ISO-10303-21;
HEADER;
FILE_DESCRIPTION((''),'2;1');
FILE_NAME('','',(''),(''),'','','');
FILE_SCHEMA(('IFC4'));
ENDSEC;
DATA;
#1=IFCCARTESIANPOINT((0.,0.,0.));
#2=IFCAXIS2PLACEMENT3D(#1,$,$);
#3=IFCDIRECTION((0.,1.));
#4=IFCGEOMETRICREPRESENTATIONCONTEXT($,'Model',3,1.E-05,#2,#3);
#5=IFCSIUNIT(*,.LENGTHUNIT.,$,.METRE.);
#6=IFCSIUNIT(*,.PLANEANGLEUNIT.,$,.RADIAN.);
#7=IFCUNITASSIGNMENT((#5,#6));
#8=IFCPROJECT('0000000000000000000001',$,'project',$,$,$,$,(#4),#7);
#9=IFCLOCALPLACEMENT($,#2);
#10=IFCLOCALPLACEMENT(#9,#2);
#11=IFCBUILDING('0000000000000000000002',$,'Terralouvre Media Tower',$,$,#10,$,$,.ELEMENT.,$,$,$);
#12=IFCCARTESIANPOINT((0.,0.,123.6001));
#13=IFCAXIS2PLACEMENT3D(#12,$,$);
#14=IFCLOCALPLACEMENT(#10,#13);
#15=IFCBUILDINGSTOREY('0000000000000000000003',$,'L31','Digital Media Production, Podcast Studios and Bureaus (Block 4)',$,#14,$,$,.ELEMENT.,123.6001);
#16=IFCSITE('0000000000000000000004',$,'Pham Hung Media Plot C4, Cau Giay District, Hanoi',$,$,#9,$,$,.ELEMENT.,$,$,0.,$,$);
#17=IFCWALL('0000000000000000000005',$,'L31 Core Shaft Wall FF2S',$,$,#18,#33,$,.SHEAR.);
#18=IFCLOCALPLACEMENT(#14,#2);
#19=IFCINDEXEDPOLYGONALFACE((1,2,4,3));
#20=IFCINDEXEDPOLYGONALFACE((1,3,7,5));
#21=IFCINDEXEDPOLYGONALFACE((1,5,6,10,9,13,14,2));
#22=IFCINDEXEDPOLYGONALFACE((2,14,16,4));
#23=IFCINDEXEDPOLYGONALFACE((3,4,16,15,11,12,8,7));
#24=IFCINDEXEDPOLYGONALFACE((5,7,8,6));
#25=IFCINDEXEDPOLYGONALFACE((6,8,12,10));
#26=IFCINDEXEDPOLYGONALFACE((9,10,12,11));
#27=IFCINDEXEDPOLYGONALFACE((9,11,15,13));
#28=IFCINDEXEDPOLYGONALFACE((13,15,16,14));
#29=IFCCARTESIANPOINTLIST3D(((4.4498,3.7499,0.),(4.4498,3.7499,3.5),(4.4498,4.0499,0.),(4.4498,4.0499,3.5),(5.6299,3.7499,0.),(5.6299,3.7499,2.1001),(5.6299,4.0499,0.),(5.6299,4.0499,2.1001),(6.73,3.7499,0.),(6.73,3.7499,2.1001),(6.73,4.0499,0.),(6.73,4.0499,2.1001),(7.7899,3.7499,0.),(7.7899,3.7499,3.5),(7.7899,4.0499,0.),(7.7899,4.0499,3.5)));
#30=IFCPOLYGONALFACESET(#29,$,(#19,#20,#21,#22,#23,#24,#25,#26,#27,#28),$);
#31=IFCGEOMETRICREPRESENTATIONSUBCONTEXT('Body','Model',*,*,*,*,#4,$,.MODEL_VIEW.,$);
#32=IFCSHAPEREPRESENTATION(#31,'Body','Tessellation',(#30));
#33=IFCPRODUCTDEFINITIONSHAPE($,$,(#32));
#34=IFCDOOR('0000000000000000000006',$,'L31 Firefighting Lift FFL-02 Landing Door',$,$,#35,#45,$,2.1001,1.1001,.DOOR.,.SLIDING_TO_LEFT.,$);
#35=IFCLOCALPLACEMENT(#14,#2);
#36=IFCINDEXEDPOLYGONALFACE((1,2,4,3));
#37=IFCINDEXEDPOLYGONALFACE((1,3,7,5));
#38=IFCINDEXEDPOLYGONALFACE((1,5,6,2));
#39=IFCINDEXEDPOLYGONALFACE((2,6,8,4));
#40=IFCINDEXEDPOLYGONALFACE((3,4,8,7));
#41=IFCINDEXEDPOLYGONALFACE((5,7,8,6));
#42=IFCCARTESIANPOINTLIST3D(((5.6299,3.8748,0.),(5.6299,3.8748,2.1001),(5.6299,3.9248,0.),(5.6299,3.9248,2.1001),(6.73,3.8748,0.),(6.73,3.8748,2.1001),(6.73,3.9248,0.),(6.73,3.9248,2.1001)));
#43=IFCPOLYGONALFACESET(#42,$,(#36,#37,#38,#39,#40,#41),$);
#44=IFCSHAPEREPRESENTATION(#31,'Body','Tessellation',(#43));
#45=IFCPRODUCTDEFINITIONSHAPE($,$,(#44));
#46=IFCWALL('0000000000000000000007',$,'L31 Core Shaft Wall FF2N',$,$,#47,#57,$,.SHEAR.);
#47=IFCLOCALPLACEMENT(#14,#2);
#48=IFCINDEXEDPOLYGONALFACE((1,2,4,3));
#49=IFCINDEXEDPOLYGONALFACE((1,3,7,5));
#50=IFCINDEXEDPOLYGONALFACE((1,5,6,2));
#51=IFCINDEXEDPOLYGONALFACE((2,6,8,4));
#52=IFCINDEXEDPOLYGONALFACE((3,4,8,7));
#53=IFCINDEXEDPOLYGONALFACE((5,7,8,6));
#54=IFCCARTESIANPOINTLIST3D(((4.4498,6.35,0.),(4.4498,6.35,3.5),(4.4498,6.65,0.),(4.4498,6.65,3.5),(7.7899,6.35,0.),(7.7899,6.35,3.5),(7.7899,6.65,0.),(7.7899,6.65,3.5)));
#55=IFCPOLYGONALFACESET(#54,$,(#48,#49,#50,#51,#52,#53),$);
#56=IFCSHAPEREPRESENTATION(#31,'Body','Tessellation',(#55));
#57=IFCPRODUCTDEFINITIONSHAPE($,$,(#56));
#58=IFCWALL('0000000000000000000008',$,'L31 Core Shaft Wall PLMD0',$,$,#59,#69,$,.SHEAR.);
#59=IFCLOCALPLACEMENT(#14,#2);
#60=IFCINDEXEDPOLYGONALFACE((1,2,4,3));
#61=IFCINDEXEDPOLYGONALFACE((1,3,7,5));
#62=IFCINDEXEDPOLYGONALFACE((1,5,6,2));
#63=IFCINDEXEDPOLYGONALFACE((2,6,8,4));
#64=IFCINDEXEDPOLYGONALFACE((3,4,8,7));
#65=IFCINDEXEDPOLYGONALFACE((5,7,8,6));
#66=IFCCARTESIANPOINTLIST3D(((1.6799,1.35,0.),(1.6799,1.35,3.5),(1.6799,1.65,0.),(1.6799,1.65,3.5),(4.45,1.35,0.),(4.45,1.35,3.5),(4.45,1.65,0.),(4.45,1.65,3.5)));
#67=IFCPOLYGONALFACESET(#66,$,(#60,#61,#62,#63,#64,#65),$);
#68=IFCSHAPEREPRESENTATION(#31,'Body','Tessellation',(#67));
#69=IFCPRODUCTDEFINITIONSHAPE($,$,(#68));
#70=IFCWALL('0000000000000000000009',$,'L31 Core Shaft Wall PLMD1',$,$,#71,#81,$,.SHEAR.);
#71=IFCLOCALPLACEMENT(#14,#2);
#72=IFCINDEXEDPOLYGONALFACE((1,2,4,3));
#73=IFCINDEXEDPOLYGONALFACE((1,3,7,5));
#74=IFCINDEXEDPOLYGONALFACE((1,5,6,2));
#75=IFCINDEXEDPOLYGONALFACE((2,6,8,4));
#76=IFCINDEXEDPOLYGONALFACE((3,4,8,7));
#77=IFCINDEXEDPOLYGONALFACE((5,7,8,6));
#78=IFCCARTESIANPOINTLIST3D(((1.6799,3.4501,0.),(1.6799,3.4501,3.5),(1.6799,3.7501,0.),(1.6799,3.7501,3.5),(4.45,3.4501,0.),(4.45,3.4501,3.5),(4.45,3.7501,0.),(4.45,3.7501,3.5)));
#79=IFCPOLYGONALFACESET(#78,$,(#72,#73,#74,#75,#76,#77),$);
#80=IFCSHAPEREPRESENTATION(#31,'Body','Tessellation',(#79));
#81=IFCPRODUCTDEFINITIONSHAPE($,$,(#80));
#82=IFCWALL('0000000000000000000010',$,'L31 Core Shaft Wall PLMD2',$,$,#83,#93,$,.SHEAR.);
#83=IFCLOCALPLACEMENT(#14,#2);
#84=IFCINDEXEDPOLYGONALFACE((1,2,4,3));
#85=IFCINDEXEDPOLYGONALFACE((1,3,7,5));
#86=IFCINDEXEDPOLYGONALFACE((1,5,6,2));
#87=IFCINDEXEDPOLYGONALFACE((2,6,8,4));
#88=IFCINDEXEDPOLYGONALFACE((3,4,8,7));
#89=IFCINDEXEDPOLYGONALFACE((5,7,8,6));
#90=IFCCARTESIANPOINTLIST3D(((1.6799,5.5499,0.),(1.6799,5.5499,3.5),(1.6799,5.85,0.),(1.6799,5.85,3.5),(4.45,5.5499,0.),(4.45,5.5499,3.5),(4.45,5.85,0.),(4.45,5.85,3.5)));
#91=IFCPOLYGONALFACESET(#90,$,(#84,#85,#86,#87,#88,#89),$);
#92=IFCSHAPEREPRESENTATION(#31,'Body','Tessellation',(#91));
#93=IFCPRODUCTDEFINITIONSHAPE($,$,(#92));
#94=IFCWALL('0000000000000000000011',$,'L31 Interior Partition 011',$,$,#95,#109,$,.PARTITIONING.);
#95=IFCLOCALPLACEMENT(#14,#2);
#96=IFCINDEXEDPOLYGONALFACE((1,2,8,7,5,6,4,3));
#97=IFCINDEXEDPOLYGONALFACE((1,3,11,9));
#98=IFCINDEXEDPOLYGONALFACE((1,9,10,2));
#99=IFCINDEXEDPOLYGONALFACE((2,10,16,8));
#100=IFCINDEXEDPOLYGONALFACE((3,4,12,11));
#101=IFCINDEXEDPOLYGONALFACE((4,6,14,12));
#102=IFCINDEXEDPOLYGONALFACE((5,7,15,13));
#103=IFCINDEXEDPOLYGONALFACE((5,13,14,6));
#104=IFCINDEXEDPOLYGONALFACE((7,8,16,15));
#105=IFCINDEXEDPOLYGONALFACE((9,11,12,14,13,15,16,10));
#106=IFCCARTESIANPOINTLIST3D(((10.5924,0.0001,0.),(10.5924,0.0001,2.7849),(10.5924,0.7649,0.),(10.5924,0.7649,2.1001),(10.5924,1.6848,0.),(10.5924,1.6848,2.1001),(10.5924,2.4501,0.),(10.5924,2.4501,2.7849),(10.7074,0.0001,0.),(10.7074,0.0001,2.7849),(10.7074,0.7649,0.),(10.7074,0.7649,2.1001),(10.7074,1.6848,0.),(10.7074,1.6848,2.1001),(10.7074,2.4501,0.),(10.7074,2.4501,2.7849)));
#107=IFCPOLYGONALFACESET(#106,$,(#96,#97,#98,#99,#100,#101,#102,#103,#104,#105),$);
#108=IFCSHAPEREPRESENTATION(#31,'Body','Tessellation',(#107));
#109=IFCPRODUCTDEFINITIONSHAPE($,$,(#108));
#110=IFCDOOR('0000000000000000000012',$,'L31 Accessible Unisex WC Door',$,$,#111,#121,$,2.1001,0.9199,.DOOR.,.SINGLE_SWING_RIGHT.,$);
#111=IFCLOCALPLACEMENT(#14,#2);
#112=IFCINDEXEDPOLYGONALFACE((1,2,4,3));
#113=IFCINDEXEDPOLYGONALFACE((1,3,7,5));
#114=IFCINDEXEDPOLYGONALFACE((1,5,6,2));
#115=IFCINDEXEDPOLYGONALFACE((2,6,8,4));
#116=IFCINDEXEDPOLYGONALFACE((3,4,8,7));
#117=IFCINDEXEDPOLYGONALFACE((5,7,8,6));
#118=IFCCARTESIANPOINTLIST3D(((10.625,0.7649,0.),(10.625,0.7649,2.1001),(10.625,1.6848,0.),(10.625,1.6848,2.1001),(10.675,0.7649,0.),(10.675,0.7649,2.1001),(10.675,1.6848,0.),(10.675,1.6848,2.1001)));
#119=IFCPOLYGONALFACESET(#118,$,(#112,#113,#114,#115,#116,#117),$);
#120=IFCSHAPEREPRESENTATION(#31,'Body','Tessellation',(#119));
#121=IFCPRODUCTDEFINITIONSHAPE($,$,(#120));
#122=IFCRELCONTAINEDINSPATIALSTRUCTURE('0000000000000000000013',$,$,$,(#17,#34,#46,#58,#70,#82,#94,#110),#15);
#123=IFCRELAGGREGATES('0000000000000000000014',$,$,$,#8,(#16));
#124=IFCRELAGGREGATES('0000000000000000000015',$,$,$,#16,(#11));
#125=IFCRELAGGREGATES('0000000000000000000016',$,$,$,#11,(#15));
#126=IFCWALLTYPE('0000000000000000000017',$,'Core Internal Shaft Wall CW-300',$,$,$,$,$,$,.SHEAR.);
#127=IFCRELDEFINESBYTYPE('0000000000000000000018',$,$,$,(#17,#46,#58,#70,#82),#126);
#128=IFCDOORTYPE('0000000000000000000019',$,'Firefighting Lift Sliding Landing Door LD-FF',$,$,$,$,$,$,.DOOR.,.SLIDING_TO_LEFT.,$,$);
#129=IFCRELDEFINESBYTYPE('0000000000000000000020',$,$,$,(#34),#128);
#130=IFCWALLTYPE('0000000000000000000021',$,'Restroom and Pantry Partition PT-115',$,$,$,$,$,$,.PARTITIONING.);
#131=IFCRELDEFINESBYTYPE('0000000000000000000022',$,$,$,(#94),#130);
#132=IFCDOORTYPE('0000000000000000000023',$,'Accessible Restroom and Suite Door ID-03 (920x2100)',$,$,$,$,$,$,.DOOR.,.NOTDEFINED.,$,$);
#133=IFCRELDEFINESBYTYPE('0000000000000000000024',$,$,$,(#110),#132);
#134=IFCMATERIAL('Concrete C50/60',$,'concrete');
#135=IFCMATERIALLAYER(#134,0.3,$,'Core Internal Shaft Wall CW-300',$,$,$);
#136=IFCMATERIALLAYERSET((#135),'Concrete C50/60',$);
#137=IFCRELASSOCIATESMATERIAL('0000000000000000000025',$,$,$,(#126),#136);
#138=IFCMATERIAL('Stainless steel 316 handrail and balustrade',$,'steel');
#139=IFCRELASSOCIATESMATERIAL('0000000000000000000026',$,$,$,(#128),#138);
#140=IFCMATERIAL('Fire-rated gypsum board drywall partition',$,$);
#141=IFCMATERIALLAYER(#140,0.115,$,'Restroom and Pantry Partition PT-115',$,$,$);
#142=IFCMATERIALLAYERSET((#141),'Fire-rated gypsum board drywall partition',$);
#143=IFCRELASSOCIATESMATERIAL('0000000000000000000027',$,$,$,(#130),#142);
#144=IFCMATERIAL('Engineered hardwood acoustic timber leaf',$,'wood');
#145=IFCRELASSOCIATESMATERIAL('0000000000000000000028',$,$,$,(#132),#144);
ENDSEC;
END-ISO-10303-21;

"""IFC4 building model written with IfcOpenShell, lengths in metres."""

from ifc_helpers import new_model, si_unit, direction, frame, frame_2d, origin, place, context, subcontext, project, spatial, rectangle, extrude, material, layer, layer_set, type_object, element, fill, save


model = new_model("IFC4")

# Units and contexts
model_context = context("Model", 3, precision=1e-05, world=origin(), true_north=direction((0.0, 1.0)))
body_context = subcontext(model_context, "Body", "Model", "MODEL_VIEW")
ifc_project = project(units=[si_unit("LENGTHUNIT", "METRE"), si_unit("PLANEANGLEUNIT", "RADIAN")], contexts=[model_context])

# Site, building, storey
site_placement = place(None, origin())
site = spatial("IfcSite", under=ifc_project, at=site_placement, Name="Pham Hung Media Plot C4, Cau Giay District, Hanoi", CompositionType="ELEMENT", RefElevation=0.0)
building_placement = place(site_placement, origin())
building = spatial("IfcBuilding", under=site, at=building_placement, Name="Terralouvre Media Tower", CompositionType="ELEMENT")
storey_placement = place(building_placement, frame((0.0, 0.0, 123.6001)))
storey = spatial("IfcBuildingStorey", under=building, at=storey_placement, Name="L31", Description="Digital Media Production, Podcast Studios and Bureaus (Block 4)", CompositionType="ELEMENT", Elevation=123.6001)

# Wall, opening, door
ifc_material_1 = material(Name="Concrete C50/60", Category="concrete")
ifc_layer_1 = layer(ifc_material_1, 0.3, Name="Core Internal Shaft Wall CW-300")
ifc_layer_set_1 = layer_set([ifc_layer_1], Name="Concrete C50/60")
wall_type_1 = type_object("IfcWallType", Name="Core Internal Shaft Wall CW-300", PredefinedType="SHEAR", material=ifc_layer_set_1)
wall_1_placement = place(storey_placement, frame((4.45, 3.8999, 0.0), z_axis=(0.0, 0.0, 1.0), x_axis=(1.0, 0.0, 0.0)))
wall_1 = element("IfcWall", 1, at=wall_1_placement, inside=storey, type_object=wall_type_1, Name="L31 Core Shaft Wall FF2S", PredefinedType="SHEAR", context=body_context, shape_type="SweptSolid", body=[
    extrude(rectangle(XDim=3.3401, YDim=0.3, at=frame_2d((1.6699, 0.0))), origin(), (0.0, 0.0, 1.0), 3.5),
])
opening_1_placement = place(wall_1_placement, frame((1.1799, 0.0, 0.0)))
opening_1 = element("IfcOpeningElement", 2, at=opening_1_placement, cuts=wall_1, PredefinedType="OPENING", context=body_context, shape_type="SweptSolid", body=[
    extrude(rectangle(XDim=1.1001, YDim=2.1001, at=frame_2d((0.55, 1.05))), frame((0.0, 0.1599, 0.0), z_axis=(0.0, -1.0, 0.0), x_axis=(1.0, 0.0, 0.0)), (0.0, 0.0, 1.0), 0.3201),
])
ifc_material_2 = material(Name="Stainless steel 316 handrail and balustrade", Category="steel")
door_type_1 = type_object("IfcDoorType", Name="Firefighting Lift Sliding Landing Door LD-FF", OperationType="SLIDING_TO_LEFT", PredefinedType="DOOR", material=ifc_material_2)
door_1_placement = place(opening_1_placement, origin())
door_1 = element("IfcDoor", 3, at=door_1_placement, inside=storey, type_object=door_type_1, Name="L31 Firefighting Lift FFL-02 Landing Door", OperationType="SLIDING_TO_LEFT", OverallHeight=2.1001, OverallWidth=1.1001, PredefinedType="DOOR", context=body_context, shape_type="SweptSolid", body=[
    extrude(rectangle(XDim=1.1001, YDim=2.1001, at=frame_2d((0.55, 1.05))), frame((0.0, 0.0249, 0.0), z_axis=(0.0, -1.0, 0.0), x_axis=(1.0, 0.0, 0.0)), (0.0, 0.0, 1.0), 0.05),
])
fill(opening_1, door_1)

# Walls
wall_2_placement = place(storey_placement, frame((4.45, 6.5, 0.0), z_axis=(0.0, 0.0, 1.0), x_axis=(1.0, 0.0, 0.0)))
element("IfcWall", 4, at=wall_2_placement, inside=storey, type_object=wall_type_1, Name="L31 Core Shaft Wall FF2N", PredefinedType="SHEAR", context=body_context, shape_type="SweptSolid", body=[
    extrude(rectangle(XDim=3.3401, YDim=0.3, at=frame_2d((1.6699, 0.0))), origin(), (0.0, 0.0, 1.0), 3.5),
])
for number, where, z_axis, x_axis, name in (
    (5, (1.6799, 1.5, 0.0), (0.0, 0.0, 1.0), (1.0, 0.0, 0.0), "L31 Core Shaft Wall PLMD0"),
    (6, (1.6799, 3.6001, 0.0), (0.0, 0.0, 1.0), (1.0, 0.0, 0.0), "L31 Core Shaft Wall PLMD1"),
    (7, (1.6799, 5.7, 0.0), (0.0, 0.0, 1.0), (1.0, 0.0, 0.0), "L31 Core Shaft Wall PLMD2"),
):
    element("IfcWall", number, at=place(storey_placement, frame(where, z_axis=z_axis, x_axis=x_axis)), inside=storey, type_object=wall_type_1, Name=name, PredefinedType="SHEAR", context=body_context, shape_type="SweptSolid", body=[
        extrude(rectangle(XDim=2.77, YDim=0.3, at=frame_2d((1.385, 0.0))), origin(), (0.0, 0.0, 1.0), 3.5),
    ])

# Wall, opening, door
ifc_material_3 = material(Name="Fire-rated gypsum board drywall partition")
ifc_layer_2 = layer(ifc_material_3, 0.115, Name="Restroom and Pantry Partition PT-115")
ifc_layer_set_2 = layer_set([ifc_layer_2], Name="Fire-rated gypsum board drywall partition")
wall_type_2 = type_object("IfcWallType", Name="Restroom and Pantry Partition PT-115", PredefinedType="PARTITIONING", material=ifc_layer_set_2)
wall_3_placement = place(storey_placement, frame((10.6499, 0.0, 0.0), z_axis=(0.0, 0.0, 1.0), x_axis=(0.0, 1.0, 0.0)))
wall_3 = element("IfcWall", 8, at=wall_3_placement, inside=storey, type_object=wall_type_2, Name="L31 Interior Partition 011", PredefinedType="PARTITIONING", context=body_context, shape_type="SweptSolid", body=[
    extrude(rectangle(XDim=2.45, YDim=0.115, at=frame_2d((1.2251, 0.0))), origin(), (0.0, 0.0, 1.0), 2.7849),
])
opening_2_placement = place(wall_3_placement, frame((0.7649, 0.0, 0.0)))
opening_2 = element("IfcOpeningElement", 9, at=opening_2_placement, cuts=wall_3, PredefinedType="OPENING", context=body_context, shape_type="SweptSolid", body=[
    extrude(rectangle(XDim=0.9199, YDim=2.1001, at=frame_2d((0.46, 1.05))), frame((0.0, 0.0674, 0.0), z_axis=(0.0, -1.0, 0.0), x_axis=(1.0, 0.0, 0.0)), (0.0, 0.0, 1.0), 0.135),
])
ifc_material_4 = material(Name="Engineered hardwood acoustic timber leaf", Category="wood")
door_type_2 = type_object("IfcDoorType", Name="Accessible Restroom and Suite Door ID-03 (920x2100)", OperationType="NOTDEFINED", PredefinedType="DOOR", material=ifc_material_4)
door_2_placement = place(opening_2_placement, origin())
door_2 = element("IfcDoor", 10, at=door_2_placement, inside=storey, type_object=door_type_2, Name="L31 Accessible Unisex WC Door", OperationType="SINGLE_SWING_RIGHT", OverallHeight=2.1001, OverallWidth=0.9199, PredefinedType="DOOR", context=body_context, shape_type="SweptSolid", body=[
    extrude(rectangle(XDim=0.9199, YDim=2.1001, at=frame_2d((0.46, 1.05))), frame((0.0, 0.0249, 0.0), z_axis=(0.0, -1.0, 0.0), x_axis=(1.0, 0.0, 0.0)), (0.0, 0.0, 1.0), 0.05),
])
fill(opening_2, door_2)

save(model, "model.ifc")
